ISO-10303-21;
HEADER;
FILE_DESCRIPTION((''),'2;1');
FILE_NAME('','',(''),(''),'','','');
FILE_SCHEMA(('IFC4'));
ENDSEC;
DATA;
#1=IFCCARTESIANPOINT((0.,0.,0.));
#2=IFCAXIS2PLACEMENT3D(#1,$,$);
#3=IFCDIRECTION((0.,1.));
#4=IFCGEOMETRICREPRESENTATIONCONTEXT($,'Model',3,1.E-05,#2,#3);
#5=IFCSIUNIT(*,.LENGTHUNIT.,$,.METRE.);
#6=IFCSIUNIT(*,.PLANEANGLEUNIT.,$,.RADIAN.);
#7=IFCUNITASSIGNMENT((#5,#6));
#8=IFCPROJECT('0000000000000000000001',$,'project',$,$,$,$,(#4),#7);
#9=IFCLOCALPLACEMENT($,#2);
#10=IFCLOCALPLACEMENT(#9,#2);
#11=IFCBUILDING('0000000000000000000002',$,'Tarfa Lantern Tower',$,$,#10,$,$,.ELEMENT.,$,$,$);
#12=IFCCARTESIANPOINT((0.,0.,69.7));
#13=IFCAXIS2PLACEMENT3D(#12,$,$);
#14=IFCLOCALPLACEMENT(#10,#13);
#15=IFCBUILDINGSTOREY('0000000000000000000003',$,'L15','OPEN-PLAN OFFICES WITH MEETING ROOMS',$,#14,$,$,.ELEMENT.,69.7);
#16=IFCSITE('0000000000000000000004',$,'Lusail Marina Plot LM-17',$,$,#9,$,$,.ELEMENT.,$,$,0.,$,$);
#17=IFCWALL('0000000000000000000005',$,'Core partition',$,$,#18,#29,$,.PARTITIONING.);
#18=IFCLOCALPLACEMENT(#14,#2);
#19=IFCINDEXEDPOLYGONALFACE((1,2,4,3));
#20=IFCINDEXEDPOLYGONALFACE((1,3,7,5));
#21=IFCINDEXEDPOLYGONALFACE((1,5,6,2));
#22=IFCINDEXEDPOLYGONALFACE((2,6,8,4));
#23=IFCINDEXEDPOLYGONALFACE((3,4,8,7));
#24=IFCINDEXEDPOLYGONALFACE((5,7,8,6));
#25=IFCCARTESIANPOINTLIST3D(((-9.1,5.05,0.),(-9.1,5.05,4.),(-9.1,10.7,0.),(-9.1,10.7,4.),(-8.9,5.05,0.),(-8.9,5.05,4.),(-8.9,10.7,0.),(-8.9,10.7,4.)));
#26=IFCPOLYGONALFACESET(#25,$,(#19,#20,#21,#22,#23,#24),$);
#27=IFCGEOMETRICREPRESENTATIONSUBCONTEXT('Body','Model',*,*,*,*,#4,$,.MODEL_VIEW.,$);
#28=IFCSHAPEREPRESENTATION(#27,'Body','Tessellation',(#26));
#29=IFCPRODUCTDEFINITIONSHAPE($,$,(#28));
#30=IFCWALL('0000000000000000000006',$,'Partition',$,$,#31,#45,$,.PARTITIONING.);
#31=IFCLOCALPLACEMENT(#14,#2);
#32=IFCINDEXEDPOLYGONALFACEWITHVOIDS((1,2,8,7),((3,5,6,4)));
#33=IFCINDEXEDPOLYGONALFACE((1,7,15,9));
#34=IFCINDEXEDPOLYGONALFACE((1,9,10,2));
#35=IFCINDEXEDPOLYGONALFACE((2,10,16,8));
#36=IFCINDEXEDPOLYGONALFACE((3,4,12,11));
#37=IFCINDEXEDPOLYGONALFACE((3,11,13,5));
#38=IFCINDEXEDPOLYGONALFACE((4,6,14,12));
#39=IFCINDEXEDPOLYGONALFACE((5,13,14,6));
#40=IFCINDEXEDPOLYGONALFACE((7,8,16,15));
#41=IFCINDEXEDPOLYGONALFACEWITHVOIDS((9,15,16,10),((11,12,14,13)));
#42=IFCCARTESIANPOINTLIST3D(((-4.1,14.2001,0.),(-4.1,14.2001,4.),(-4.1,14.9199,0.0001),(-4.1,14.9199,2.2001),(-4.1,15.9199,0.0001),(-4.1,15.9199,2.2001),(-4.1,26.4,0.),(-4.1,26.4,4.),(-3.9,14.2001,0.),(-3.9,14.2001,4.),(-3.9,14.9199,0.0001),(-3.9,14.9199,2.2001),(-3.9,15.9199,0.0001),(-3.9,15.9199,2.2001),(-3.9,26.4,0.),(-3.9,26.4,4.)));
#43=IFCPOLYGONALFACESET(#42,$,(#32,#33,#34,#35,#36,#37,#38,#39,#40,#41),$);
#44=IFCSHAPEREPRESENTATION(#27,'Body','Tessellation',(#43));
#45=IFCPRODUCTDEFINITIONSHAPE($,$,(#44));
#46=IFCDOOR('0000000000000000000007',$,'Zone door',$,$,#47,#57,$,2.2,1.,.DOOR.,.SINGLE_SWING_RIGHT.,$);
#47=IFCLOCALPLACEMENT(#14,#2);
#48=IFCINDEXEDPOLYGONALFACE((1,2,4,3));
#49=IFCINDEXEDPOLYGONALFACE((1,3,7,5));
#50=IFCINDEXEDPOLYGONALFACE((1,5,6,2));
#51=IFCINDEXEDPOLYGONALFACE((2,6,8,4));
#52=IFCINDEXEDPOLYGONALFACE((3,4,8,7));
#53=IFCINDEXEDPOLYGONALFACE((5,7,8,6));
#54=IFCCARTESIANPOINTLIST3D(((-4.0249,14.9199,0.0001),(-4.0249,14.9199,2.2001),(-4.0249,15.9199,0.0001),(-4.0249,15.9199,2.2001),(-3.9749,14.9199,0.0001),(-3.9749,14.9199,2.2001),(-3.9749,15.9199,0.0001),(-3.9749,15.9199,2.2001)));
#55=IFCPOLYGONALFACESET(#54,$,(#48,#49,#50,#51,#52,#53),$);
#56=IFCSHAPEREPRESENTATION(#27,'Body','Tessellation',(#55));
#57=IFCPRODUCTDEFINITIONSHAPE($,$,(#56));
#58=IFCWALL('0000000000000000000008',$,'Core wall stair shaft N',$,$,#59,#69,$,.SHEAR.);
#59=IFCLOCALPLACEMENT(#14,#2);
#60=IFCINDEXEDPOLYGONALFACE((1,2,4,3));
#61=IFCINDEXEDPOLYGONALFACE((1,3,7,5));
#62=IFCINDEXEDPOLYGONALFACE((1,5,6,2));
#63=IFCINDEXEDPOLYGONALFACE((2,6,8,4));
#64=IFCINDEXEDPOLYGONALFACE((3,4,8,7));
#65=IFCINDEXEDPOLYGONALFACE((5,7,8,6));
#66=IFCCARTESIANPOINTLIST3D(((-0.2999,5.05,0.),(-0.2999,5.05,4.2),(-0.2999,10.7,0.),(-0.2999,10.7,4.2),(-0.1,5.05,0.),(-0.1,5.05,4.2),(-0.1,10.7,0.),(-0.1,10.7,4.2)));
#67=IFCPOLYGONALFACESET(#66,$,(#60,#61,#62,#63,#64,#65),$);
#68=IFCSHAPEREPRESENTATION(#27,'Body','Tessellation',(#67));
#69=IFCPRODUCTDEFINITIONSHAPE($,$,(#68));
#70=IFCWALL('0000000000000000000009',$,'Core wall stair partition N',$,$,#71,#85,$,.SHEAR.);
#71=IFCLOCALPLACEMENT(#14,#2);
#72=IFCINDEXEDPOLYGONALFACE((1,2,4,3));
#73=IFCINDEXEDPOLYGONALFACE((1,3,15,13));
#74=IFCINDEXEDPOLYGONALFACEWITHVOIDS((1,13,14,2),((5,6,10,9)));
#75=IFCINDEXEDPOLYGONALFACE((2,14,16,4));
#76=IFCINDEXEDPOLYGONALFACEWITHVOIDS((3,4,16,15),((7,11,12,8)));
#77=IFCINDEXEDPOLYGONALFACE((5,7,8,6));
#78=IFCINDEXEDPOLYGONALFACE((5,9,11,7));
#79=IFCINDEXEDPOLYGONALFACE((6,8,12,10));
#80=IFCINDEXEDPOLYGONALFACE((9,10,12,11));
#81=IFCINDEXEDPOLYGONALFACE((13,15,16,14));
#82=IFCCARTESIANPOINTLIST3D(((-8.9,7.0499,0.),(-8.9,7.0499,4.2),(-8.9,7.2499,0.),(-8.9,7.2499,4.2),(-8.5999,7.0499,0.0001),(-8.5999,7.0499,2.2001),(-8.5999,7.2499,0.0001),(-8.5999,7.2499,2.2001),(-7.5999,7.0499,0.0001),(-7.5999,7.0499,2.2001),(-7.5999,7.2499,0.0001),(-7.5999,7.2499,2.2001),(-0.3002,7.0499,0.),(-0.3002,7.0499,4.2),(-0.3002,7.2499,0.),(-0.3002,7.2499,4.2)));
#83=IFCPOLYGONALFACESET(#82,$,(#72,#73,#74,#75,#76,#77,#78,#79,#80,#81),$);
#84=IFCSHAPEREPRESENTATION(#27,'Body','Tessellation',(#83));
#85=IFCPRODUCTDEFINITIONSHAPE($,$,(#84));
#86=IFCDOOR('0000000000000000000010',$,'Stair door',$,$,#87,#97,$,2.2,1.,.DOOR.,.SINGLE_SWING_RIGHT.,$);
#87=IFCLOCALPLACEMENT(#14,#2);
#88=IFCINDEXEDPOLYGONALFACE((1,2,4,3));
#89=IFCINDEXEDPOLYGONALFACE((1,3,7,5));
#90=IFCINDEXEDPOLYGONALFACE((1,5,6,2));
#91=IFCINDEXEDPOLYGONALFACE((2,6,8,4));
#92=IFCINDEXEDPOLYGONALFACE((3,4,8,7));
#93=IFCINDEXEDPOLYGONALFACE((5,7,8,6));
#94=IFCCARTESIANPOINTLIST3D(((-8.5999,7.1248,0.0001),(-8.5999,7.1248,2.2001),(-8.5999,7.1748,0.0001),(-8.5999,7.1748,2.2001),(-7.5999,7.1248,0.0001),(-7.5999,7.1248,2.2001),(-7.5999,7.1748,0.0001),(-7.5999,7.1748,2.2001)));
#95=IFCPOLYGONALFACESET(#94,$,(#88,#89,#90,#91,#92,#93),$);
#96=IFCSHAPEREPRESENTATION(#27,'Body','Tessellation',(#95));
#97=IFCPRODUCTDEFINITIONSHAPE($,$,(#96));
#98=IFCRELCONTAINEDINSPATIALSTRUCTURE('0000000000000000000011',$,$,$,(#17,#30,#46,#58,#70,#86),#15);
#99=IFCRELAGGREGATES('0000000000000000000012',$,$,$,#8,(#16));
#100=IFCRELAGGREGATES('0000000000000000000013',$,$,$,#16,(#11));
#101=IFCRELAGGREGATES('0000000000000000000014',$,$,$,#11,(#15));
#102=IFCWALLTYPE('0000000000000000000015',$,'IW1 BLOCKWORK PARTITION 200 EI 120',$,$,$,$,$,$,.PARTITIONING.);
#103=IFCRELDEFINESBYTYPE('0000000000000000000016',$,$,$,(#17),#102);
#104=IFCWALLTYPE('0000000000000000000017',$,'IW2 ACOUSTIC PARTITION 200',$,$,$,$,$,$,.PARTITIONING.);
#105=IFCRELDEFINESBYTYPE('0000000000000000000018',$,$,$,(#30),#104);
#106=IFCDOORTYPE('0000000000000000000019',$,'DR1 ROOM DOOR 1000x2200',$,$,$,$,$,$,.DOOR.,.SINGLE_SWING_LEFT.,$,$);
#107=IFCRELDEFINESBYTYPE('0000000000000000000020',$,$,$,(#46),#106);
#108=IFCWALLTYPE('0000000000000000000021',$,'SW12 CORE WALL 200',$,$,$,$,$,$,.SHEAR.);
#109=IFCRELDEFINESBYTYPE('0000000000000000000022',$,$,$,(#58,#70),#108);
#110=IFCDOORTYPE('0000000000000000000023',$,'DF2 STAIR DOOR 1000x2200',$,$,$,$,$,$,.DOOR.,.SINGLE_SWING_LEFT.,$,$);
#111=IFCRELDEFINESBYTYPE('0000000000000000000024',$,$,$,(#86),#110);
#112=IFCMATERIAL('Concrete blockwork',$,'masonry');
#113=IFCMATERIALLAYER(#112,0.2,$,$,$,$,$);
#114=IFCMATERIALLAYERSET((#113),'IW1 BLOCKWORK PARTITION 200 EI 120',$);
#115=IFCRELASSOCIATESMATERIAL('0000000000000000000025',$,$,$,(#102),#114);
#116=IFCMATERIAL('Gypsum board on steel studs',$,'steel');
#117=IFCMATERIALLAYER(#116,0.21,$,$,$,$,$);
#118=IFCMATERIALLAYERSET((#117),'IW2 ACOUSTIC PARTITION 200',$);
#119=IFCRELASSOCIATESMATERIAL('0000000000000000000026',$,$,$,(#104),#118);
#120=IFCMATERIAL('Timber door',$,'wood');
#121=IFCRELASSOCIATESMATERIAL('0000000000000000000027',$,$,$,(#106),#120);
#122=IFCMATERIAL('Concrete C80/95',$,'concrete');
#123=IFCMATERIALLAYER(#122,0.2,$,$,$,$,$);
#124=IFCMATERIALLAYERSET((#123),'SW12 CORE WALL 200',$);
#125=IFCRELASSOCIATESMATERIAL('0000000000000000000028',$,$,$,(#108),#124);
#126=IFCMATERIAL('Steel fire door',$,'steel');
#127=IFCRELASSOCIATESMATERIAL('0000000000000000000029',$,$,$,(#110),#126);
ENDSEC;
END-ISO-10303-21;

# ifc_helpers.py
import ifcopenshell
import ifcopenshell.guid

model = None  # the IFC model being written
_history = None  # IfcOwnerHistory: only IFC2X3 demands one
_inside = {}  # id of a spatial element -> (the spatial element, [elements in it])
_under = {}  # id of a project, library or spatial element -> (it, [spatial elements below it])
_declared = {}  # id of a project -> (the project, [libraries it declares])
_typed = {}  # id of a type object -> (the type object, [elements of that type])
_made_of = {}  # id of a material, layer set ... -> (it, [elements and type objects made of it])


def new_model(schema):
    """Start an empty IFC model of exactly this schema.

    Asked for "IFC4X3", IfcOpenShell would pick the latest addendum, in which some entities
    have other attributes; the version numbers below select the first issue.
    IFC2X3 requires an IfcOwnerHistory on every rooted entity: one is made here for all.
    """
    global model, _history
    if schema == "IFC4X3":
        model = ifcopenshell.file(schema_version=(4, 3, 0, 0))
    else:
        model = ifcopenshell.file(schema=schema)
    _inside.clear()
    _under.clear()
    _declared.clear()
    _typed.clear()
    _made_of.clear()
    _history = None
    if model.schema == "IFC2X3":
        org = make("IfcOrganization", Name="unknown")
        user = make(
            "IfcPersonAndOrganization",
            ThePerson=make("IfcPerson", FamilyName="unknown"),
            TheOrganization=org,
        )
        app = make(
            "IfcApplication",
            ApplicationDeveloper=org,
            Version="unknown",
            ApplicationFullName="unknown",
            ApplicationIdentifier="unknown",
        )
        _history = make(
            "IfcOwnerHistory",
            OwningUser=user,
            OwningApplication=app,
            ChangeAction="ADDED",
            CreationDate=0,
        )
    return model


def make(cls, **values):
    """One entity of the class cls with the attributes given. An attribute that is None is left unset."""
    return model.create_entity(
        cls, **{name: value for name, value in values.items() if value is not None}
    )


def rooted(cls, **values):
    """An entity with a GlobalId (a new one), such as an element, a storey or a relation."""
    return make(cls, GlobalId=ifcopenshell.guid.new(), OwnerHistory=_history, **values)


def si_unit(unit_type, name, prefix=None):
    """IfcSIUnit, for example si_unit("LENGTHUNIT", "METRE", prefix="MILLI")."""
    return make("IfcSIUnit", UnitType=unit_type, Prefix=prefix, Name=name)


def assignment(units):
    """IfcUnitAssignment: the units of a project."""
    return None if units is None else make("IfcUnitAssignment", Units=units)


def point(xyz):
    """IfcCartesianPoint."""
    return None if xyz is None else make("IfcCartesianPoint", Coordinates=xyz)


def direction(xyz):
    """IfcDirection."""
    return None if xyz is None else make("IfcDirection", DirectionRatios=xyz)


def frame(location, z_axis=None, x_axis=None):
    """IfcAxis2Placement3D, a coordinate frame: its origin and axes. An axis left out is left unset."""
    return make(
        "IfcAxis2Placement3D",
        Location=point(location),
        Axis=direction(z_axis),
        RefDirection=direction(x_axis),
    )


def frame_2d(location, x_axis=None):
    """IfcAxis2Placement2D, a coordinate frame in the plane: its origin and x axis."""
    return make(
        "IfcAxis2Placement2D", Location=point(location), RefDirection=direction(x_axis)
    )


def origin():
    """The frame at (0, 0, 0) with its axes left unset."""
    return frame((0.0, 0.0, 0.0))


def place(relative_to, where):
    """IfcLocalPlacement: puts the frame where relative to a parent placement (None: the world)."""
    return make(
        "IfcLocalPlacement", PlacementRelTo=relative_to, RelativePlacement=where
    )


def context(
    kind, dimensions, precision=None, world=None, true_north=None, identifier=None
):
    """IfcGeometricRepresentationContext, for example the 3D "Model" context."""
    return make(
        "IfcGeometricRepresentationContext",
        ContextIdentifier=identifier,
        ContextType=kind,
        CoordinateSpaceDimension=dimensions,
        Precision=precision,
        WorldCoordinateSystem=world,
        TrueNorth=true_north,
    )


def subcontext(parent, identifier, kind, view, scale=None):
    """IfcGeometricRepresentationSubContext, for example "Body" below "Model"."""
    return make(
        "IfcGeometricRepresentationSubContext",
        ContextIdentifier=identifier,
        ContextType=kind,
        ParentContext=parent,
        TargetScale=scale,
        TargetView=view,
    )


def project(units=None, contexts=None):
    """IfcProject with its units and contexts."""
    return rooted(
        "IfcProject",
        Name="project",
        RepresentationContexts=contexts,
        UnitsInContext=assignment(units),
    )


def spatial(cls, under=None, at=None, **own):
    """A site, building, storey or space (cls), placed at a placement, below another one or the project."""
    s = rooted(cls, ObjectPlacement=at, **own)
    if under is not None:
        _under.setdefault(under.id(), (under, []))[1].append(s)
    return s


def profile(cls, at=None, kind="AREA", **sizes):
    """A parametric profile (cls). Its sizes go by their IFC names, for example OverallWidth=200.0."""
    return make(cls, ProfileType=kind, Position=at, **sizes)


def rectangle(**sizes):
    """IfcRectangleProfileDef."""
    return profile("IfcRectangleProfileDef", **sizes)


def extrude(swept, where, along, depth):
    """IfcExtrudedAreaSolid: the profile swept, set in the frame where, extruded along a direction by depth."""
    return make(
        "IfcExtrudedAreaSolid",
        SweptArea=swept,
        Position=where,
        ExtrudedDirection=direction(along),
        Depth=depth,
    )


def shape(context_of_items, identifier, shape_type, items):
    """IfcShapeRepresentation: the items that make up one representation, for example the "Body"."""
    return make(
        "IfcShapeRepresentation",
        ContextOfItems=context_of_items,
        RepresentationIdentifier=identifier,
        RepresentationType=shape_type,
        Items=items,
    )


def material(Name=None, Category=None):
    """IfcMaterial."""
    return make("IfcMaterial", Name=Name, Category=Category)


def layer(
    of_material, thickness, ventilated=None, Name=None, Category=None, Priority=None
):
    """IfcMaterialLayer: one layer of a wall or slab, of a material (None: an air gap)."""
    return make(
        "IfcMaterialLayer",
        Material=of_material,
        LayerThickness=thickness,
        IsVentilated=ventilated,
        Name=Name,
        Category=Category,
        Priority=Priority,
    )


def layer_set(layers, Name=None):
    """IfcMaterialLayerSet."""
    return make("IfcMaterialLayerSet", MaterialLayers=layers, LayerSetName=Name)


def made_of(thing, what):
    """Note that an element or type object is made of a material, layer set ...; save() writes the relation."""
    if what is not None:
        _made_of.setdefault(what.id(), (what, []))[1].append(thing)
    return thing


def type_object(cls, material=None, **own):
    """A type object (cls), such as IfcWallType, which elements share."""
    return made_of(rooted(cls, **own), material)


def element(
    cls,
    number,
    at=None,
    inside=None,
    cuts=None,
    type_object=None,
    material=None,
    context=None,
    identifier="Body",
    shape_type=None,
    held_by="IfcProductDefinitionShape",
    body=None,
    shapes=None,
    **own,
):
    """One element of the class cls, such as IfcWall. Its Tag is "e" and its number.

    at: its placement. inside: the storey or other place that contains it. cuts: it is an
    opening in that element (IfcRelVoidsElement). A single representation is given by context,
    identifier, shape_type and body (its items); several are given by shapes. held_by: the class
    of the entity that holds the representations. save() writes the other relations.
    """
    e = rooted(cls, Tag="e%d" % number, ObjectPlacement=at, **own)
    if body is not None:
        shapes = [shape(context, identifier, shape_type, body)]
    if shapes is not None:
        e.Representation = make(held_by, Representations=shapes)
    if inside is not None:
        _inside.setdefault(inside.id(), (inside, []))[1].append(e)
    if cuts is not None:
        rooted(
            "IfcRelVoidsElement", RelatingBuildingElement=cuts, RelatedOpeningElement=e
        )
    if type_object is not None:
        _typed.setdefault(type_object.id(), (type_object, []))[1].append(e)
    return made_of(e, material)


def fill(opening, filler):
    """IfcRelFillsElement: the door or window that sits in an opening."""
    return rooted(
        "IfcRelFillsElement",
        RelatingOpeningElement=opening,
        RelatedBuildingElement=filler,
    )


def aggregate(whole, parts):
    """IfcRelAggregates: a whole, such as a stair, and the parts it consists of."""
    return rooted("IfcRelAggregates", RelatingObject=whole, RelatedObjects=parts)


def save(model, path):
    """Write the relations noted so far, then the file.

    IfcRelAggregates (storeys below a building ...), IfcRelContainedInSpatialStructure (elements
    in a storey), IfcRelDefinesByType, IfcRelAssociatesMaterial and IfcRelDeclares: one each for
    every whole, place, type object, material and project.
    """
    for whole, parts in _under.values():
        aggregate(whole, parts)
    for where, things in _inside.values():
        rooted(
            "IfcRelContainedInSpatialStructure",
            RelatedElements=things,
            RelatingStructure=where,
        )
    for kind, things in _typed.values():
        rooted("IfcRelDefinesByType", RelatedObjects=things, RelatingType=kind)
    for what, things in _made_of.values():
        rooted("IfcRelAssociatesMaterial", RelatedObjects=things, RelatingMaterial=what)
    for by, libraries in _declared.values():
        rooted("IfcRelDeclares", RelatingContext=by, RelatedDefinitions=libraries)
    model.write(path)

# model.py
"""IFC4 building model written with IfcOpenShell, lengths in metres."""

from ifc_helpers import new_model, si_unit, direction, frame, frame_2d, origin, place, context, subcontext, project, spatial, rectangle, extrude, material, layer, layer_set, type_object, element, fill, save


model = new_model("IFC4")

# Units and contexts
model_context = context("Model", 3, precision=1e-05, world=origin(), true_north=direction((0.0, 1.0)))
body_context = subcontext(model_context, "Body", "Model", "MODEL_VIEW")
ifc_project = project(units=[si_unit("LENGTHUNIT", "METRE"), si_unit("PLANEANGLEUNIT", "RADIAN")], contexts=[model_context])

# Site, building, storey
site_placement = place(None, origin())
site = spatial("IfcSite", under=ifc_project, at=site_placement, Name="Lusail Marina Plot LM-17", CompositionType="ELEMENT", RefElevation=0.0)
building_placement = place(site_placement, origin())
building = spatial("IfcBuilding", under=site, at=building_placement, Name="Tarfa Lantern Tower", CompositionType="ELEMENT")
storey_placement = place(building_placement, frame((0.0, 0.0, 69.7)))
storey = spatial("IfcBuildingStorey", under=building, at=storey_placement, Name="L15", Description="OPEN-PLAN OFFICES WITH MEETING ROOMS", CompositionType="ELEMENT", Elevation=69.7)

# Wall
ifc_material_1 = material(Name="Concrete blockwork", Category="masonry")
ifc_layer_1 = layer(ifc_material_1, 0.2)
ifc_layer_set_1 = layer_set([ifc_layer_1], Name="IW1 BLOCKWORK PARTITION 200 EI 120")
wall_type_1 = type_object("IfcWallType", Name="IW1 BLOCKWORK PARTITION 200 EI 120", PredefinedType="PARTITIONING", material=ifc_layer_set_1)
wall_1_placement = place(storey_placement, frame((-9.0, 5.05, 0.0), z_axis=(0.0, 0.0, 1.0), x_axis=(0.0, 1.0, 0.0)))
element("IfcWall", 1, at=wall_1_placement, inside=storey, type_object=wall_type_1, Name="Core partition", PredefinedType="PARTITIONING", context=body_context, shape_type="SweptSolid", body=[
    extrude(rectangle(XDim=5.6499, YDim=0.2, at=frame_2d((2.825, 0.0))), origin(), (0.0, 0.0, 1.0), 4.0),
])

# Wall, opening, door
ifc_material_2 = material(Name="Gypsum board on steel studs", Category="steel")
ifc_layer_2 = layer(ifc_material_2, 0.21)
ifc_layer_set_2 = layer_set([ifc_layer_2], Name="IW2 ACOUSTIC PARTITION 200")
wall_type_2 = type_object("IfcWallType", Name="IW2 ACOUSTIC PARTITION 200", PredefinedType="PARTITIONING", material=ifc_layer_set_2)
wall_2_placement = place(storey_placement, frame((-4.0, 14.2, 0.0), z_axis=(0.0, 0.0, 1.0), x_axis=(0.0, 1.0, 0.0)))
wall_2 = element("IfcWall", 2, at=wall_2_placement, inside=storey, type_object=wall_type_2, Name="Partition", PredefinedType="PARTITIONING", context=body_context, shape_type="SweptSolid", body=[
    extrude(rectangle(XDim=12.2, YDim=0.2, at=frame_2d((6.1001, 0.0))), origin(), (0.0, 0.0, 1.0), 4.0),
])
opening_1_placement = place(wall_2_placement, frame((0.72, 0.0, 0.0)))
opening_1 = element("IfcOpeningElement", 3, at=opening_1_placement, cuts=wall_2, PredefinedType="OPENING", context=body_context, shape_type="SweptSolid", body=[
    extrude(rectangle(XDim=1.0, YDim=2.2, at=frame_2d((0.5, 1.1001))), frame((0.0, 0.1099, 0.0), z_axis=(0.0, -1.0, 0.0), x_axis=(1.0, 0.0, 0.0)), (0.0, 0.0, 1.0), 0.22),
])
ifc_material_3 = material(Name="Timber door", Category="wood")
door_type_1 = type_object("IfcDoorType", Name="DR1 ROOM DOOR 1000x2200", OperationType="SINGLE_SWING_LEFT", PredefinedType="DOOR", material=ifc_material_3)
door_1_placement = place(opening_1_placement, origin())
door_1 = element("IfcDoor", 4, at=door_1_placement, inside=storey, type_object=door_type_1, Name="Zone door", OperationType="SINGLE_SWING_RIGHT", OverallHeight=2.2, OverallWidth=1.0, PredefinedType="DOOR", context=body_context, shape_type="SweptSolid", body=[
    extrude(rectangle(XDim=1.0, YDim=2.2, at=frame_2d((0.5, 1.1001))), frame((0.0, 0.0249, 0.0), z_axis=(0.0, -1.0, 0.0), x_axis=(1.0, 0.0, 0.0)), (0.0, 0.0, 1.0), 0.05),
])
fill(opening_1, door_1)

# Wall
ifc_material_4 = material(Name="Concrete C80/95", Category="concrete")
ifc_layer_3 = layer(ifc_material_4, 0.2)
ifc_layer_set_3 = layer_set([ifc_layer_3], Name="SW12 CORE WALL 200")
wall_type_3 = type_object("IfcWallType", Name="SW12 CORE WALL 200", PredefinedType="SHEAR", material=ifc_layer_set_3)
wall_3_placement = place(storey_placement, frame((-0.2, 5.05, 0.0), z_axis=(0.0, 0.0, 1.0), x_axis=(0.0, 1.0, 0.0)))
element("IfcWall", 5, at=wall_3_placement, inside=storey, type_object=wall_type_3, Name="Core wall stair shaft N", PredefinedType="SHEAR", context=body_context, shape_type="SweptSolid", body=[
    extrude(rectangle(XDim=5.6499, YDim=0.2, at=frame_2d((2.825, 0.0))), origin(), (0.0, 0.0, 1.0), 4.2),
])

# Wall, opening, door
wall_4_placement = place(storey_placement, frame((-8.8999, 7.1499, 0.0), z_axis=(0.0, 0.0, 1.0), x_axis=(1.0, 0.0, 0.0)))
wall_4 = element("IfcWall", 6, at=wall_4_placement, inside=storey, type_object=wall_type_3, Name="Core wall stair partition N", PredefinedType="SHEAR", context=body_context, shape_type="SweptSolid", body=[
    extrude(rectangle(XDim=8.5999, YDim=0.2, at=frame_2d((4.2998, 0.0))), origin(), (0.0, 0.0, 1.0), 4.2),
])
opening_2_placement = place(wall_4_placement, frame((0.3, 0.0, 0.0)))
opening_2 = element("IfcOpeningElement", 7, at=opening_2_placement, cuts=wall_4, PredefinedType="OPENING", context=body_context, shape_type="SweptSolid", body=[
    extrude(rectangle(XDim=1.0, YDim=2.2, at=frame_2d((0.5, 1.1001))), frame((0.0, 0.1099, 0.0), z_axis=(0.0, -1.0, 0.0), x_axis=(1.0, 0.0, 0.0)), (0.0, 0.0, 1.0), 0.22),
])
ifc_material_5 = material(Name="Steel fire door", Category="steel")
door_type_2 = type_object("IfcDoorType", Name="DF2 STAIR DOOR 1000x2200", OperationType="SINGLE_SWING_LEFT", PredefinedType="DOOR", material=ifc_material_5)
door_2_placement = place(opening_2_placement, origin())
door_2 = element("IfcDoor", 8, at=door_2_placement, inside=storey, type_object=door_type_2, Name="Stair door", OperationType="SINGLE_SWING_RIGHT", OverallHeight=2.2, OverallWidth=1.0, PredefinedType="DOOR", context=body_context, shape_type="SweptSolid", body=[
    extrude(rectangle(XDim=1.0, YDim=2.2, at=frame_2d((0.5, 1.1001))), frame((0.0, 0.0249, 0.0), z_axis=(0.0, -1.0, 0.0), x_axis=(1.0, 0.0, 0.0)), (0.0, 0.0, 1.0), 0.05),
])
fill(opening_2, door_2)

save(model, "model.ifc")
